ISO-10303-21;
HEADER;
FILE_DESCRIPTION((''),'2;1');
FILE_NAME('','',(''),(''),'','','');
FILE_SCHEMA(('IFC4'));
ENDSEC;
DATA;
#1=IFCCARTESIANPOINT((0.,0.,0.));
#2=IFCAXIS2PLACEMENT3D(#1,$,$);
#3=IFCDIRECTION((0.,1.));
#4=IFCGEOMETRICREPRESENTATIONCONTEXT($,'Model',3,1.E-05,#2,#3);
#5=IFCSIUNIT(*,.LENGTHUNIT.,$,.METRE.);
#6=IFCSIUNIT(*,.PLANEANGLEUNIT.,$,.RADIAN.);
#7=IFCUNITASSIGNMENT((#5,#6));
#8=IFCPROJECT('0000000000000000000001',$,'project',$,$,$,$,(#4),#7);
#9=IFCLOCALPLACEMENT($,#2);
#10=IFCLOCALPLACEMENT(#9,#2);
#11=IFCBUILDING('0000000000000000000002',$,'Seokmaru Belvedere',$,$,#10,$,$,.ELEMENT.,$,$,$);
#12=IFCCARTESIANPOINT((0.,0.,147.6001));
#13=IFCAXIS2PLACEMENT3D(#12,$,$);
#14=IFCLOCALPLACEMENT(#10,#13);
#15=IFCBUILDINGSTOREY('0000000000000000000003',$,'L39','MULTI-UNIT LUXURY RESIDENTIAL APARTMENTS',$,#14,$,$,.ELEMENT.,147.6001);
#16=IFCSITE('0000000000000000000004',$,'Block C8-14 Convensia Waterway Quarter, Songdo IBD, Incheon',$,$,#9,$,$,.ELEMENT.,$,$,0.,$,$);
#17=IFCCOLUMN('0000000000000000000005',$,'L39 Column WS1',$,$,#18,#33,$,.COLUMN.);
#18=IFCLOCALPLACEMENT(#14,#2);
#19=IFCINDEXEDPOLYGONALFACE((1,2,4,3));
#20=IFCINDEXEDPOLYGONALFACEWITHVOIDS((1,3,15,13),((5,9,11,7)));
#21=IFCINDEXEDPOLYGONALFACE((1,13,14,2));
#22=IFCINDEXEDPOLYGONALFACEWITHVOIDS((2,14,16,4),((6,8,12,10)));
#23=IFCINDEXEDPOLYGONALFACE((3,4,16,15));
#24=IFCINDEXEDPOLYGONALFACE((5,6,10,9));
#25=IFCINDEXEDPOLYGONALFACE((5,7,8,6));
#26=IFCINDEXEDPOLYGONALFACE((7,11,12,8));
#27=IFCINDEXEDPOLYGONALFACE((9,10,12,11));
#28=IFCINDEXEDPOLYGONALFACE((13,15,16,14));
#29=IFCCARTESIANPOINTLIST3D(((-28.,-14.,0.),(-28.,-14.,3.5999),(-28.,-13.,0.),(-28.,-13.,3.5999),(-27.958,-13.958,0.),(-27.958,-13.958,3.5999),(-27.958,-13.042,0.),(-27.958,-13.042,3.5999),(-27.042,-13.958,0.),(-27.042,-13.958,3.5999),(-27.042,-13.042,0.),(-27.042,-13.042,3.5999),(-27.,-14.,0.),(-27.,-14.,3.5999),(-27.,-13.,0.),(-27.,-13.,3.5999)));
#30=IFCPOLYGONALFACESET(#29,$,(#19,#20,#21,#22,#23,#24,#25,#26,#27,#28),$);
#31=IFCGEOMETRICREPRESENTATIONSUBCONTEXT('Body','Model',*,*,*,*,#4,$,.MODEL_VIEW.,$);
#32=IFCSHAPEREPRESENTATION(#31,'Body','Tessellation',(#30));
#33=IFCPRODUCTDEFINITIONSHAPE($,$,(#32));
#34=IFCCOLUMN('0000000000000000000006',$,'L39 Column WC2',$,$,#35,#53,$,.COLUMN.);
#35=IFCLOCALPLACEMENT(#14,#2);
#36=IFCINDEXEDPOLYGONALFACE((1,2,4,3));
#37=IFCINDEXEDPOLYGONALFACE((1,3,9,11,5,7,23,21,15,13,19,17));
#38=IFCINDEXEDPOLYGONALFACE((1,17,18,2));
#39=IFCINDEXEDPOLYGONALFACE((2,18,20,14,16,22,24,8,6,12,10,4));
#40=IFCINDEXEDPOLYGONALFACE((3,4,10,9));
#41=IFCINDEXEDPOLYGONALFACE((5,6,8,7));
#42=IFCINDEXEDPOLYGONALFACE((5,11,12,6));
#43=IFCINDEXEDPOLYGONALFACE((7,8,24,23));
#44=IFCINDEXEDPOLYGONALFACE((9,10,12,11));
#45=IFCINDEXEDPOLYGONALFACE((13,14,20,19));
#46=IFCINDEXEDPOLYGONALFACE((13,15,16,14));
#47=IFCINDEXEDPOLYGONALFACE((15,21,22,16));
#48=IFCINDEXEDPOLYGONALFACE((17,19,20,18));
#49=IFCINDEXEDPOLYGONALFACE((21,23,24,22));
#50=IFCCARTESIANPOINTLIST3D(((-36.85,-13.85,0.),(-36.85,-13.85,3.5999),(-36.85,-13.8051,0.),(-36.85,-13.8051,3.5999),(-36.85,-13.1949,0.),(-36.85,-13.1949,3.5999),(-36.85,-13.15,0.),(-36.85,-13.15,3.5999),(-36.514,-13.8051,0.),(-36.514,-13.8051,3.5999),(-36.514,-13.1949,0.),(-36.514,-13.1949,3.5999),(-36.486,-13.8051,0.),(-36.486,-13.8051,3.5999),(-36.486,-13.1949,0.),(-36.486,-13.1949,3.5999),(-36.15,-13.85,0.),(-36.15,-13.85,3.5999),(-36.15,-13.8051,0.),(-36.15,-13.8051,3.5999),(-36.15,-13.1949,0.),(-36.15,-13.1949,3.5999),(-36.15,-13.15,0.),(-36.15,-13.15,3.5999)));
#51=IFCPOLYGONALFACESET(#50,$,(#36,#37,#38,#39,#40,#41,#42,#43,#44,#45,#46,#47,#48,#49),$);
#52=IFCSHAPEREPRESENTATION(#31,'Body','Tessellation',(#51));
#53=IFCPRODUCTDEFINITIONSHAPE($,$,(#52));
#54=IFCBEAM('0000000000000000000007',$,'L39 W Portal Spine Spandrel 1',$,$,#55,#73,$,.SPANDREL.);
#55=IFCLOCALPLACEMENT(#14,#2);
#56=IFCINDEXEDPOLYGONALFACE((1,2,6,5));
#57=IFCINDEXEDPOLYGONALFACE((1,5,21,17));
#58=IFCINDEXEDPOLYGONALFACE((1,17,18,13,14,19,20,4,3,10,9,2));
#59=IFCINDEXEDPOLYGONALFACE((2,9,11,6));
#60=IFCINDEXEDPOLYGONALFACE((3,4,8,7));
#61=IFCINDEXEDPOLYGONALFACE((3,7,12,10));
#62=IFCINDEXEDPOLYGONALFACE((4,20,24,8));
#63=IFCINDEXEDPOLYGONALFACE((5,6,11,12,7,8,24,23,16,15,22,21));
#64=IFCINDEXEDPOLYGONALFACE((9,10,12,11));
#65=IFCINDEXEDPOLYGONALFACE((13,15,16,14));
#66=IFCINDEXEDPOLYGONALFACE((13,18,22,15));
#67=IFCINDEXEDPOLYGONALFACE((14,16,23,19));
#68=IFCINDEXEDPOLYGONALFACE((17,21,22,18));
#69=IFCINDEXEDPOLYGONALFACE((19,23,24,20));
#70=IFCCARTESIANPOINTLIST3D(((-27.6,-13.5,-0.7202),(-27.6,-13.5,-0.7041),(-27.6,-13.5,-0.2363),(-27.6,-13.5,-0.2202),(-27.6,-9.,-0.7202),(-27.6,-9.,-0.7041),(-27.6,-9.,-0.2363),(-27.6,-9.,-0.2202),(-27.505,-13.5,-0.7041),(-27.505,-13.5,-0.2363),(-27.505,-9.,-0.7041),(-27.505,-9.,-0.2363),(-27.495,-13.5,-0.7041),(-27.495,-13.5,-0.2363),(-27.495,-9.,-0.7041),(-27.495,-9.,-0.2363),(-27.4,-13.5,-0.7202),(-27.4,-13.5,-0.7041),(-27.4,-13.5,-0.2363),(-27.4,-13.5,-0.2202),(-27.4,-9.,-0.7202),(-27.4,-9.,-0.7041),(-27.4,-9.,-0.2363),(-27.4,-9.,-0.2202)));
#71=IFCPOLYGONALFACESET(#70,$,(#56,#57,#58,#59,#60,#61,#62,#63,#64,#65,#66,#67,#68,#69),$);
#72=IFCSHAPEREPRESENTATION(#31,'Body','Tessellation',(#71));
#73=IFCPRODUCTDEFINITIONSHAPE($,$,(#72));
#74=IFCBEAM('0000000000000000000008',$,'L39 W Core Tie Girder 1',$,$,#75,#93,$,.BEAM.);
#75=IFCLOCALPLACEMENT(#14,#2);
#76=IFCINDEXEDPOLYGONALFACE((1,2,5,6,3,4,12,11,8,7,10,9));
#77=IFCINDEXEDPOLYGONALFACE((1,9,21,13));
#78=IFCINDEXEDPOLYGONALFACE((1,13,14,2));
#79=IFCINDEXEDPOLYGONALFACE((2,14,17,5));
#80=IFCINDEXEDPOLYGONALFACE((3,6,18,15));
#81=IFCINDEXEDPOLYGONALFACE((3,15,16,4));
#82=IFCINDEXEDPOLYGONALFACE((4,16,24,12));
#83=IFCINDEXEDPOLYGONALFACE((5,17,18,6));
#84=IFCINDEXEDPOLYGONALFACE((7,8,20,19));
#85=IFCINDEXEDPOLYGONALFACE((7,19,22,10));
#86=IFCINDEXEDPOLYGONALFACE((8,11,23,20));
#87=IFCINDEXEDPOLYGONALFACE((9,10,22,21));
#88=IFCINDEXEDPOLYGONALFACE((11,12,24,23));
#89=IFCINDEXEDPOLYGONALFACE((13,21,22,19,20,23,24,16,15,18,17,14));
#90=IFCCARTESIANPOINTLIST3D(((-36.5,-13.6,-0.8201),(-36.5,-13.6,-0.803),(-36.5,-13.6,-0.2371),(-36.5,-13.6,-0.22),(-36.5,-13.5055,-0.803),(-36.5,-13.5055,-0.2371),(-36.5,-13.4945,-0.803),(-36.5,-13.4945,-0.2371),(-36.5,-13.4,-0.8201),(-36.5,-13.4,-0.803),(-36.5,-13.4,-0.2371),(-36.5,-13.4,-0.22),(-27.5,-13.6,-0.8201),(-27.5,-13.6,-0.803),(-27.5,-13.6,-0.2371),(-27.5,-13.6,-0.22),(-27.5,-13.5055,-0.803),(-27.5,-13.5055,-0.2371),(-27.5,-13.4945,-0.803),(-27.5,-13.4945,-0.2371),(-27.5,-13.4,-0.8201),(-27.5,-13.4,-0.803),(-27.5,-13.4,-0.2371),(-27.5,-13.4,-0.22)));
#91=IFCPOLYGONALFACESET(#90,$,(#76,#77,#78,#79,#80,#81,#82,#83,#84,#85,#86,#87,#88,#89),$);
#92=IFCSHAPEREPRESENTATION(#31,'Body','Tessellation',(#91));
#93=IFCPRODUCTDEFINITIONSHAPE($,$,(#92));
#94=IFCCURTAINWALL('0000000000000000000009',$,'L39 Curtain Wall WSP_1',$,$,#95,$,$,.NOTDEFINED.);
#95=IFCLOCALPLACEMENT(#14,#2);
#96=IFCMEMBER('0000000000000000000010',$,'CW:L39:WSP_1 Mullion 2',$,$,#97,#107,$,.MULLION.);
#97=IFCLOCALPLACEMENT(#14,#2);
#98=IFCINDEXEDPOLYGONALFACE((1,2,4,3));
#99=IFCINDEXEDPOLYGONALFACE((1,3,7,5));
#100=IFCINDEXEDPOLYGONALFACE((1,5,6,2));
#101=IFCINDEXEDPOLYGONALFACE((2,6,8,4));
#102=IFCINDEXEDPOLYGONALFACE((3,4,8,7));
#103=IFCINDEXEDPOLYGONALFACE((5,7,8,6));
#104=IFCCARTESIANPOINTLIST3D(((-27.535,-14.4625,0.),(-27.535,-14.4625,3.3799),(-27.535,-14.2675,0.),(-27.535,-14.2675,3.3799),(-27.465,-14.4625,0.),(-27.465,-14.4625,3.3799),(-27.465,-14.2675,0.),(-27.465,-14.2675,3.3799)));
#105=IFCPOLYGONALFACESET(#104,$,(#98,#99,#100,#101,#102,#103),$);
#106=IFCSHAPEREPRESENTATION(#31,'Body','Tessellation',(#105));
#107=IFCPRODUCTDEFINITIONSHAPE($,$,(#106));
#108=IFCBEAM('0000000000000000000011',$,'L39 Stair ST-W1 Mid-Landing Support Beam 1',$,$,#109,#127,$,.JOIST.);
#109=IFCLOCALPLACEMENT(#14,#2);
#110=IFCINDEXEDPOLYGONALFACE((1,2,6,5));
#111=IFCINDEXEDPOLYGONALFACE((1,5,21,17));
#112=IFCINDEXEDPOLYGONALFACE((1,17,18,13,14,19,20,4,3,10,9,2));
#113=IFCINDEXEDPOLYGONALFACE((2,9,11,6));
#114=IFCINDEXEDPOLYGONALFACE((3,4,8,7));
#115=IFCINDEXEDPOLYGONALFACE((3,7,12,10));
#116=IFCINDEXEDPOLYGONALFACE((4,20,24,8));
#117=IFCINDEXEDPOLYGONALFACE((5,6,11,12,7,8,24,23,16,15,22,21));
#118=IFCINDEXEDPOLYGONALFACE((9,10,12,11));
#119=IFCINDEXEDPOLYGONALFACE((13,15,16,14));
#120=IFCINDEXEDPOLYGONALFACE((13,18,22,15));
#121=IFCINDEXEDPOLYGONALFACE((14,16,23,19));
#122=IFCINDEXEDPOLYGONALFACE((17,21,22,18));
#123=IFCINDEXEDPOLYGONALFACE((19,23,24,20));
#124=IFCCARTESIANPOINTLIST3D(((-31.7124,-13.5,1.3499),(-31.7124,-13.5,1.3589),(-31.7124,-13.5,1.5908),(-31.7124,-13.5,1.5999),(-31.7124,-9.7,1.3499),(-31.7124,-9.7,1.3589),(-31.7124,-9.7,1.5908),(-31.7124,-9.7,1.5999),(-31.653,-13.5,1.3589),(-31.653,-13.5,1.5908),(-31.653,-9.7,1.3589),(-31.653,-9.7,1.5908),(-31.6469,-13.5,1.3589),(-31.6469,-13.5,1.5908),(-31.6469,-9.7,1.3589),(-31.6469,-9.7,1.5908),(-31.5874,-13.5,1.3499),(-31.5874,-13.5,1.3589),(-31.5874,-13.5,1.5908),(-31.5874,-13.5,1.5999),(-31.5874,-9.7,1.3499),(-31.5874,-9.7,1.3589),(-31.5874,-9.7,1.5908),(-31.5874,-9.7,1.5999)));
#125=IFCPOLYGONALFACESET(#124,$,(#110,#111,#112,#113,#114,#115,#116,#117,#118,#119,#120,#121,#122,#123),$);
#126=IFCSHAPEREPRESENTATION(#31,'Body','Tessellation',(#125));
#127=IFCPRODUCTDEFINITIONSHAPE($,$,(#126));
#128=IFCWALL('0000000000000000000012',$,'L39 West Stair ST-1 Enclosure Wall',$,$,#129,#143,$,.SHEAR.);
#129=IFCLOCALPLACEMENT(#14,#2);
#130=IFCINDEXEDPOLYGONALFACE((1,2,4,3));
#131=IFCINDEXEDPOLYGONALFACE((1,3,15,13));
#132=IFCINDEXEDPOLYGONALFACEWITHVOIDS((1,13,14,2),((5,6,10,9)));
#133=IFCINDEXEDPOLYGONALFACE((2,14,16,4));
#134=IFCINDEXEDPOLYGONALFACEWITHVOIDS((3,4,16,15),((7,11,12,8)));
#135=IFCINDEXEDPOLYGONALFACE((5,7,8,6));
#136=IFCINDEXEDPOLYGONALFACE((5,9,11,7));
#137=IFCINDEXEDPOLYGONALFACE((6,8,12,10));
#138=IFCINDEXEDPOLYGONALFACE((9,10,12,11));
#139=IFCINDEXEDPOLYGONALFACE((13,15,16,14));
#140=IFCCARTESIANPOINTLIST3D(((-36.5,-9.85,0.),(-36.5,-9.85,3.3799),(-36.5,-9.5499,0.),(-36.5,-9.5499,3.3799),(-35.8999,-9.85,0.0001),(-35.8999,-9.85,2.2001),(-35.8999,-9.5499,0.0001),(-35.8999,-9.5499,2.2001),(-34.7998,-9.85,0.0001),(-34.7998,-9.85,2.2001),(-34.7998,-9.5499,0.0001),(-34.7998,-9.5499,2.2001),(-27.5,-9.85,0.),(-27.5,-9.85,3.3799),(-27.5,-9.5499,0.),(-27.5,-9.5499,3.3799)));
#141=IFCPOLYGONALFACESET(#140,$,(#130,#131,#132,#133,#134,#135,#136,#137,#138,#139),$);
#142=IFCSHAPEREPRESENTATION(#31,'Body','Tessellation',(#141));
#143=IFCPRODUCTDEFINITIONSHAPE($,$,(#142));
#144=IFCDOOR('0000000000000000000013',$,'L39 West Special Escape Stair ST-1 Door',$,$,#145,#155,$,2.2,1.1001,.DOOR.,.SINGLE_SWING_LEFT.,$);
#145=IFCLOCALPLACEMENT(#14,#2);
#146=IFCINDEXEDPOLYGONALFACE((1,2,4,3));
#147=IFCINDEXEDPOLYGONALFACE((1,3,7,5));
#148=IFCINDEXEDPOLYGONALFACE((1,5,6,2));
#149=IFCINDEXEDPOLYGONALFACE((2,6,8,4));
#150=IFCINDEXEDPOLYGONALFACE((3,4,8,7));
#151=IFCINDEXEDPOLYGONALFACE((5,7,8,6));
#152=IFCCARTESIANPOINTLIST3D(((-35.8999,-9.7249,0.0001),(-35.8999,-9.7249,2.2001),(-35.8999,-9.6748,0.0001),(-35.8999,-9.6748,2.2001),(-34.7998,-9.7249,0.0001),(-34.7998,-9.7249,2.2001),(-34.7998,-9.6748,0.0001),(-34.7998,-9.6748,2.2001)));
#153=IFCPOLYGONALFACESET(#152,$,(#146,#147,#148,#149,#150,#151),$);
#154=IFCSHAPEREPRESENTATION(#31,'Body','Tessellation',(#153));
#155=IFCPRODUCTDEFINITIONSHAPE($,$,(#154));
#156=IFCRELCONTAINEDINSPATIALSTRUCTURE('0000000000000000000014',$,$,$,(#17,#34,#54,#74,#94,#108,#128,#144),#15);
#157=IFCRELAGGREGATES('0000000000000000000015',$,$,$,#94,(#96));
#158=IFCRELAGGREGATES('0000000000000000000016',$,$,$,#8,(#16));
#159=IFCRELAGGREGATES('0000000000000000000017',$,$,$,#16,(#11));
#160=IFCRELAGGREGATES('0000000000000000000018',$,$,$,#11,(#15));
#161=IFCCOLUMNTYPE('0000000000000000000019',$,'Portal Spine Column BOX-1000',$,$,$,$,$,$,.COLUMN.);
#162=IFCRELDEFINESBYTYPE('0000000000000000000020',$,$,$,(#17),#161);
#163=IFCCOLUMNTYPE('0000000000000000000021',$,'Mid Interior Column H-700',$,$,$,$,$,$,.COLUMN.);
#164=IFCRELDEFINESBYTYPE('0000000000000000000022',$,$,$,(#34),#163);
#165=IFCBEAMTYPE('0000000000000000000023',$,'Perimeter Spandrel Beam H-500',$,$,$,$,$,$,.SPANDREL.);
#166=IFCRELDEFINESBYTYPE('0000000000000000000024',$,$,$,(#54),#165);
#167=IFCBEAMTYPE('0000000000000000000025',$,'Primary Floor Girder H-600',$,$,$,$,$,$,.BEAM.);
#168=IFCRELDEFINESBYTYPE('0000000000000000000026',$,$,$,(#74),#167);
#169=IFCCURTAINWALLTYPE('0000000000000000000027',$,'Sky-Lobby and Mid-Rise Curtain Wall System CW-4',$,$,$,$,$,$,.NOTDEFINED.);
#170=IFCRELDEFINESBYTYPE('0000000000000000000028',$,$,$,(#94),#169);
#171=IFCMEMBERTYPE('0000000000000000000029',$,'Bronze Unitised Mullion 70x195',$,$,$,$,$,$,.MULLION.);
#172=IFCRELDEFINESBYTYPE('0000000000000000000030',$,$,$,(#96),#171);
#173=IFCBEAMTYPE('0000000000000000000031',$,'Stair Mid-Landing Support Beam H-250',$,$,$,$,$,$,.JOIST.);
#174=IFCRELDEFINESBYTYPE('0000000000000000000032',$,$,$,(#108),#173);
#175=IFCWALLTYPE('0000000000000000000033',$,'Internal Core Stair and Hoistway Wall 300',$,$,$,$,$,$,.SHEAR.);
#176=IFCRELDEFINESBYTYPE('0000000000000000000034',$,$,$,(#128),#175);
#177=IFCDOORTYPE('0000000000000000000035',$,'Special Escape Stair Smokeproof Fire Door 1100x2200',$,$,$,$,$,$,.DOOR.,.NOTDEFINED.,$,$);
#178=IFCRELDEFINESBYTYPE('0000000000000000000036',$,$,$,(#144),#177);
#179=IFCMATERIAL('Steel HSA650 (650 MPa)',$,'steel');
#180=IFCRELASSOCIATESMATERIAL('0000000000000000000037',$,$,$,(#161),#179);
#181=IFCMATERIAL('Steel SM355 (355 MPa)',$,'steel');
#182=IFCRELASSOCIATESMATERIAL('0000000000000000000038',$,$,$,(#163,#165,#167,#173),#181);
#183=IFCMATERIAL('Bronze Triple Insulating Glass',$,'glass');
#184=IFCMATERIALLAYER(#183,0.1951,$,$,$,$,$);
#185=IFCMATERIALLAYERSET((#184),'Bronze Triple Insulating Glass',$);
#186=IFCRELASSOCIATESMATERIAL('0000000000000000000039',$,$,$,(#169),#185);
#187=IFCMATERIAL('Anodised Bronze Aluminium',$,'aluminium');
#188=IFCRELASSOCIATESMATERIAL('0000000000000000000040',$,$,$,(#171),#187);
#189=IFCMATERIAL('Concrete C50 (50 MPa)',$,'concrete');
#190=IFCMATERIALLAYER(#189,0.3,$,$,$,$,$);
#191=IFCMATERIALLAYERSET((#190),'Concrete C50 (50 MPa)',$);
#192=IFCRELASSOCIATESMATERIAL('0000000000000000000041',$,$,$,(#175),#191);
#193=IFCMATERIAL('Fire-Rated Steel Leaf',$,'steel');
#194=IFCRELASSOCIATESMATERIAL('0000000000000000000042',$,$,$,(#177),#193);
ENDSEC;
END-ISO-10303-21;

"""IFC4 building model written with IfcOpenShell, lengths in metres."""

from ifc_helpers import new_model, si_unit, direction, frame, frame_2d, origin, origin_2d, place, context, subcontext, project, spatial, rectangle, hollow_rectangle, i_section, extrude, source, transform, mapped, material, layer, layer_set, material_profile, profile_set, type_object, type_shapes, element, fill, aggregate, save


model = new_model("IFC4")

# Units and contexts
model_context = context("Model", 3, precision=1e-05, world=origin(), true_north=direction((0.0, 1.0)))
body_context = subcontext(model_context, "Body", "Model", "MODEL_VIEW")
ifc_project = project(units=[si_unit("LENGTHUNIT", "METRE"), si_unit("PLANEANGLEUNIT", "RADIAN")], contexts=[model_context])

# Site, building, storey
site_placement = place(None, origin())
site = spatial("IfcSite", under=ifc_project, at=site_placement, Name="Block C8-14 Convensia Waterway Quarter, Songdo IBD, Incheon", CompositionType="ELEMENT", RefElevation=0.0)
building_placement = place(site_placement, origin())
building = spatial("IfcBuilding", under=site, at=building_placement, Name="Seokmaru Belvedere", CompositionType="ELEMENT")
storey_placement = place(building_placement, frame((0.0, 0.0, 147.6001)))
storey = spatial("IfcBuildingStorey", under=building, at=storey_placement, Name="L39", Description="MULTI-UNIT LUXURY RESIDENTIAL APARTMENTS", CompositionType="ELEMENT", Elevation=147.6001)

# Columns
ifc_material_1 = material(Name="Steel HSA650 (650 MPa)", Category="steel")
ifc_material_profile_1 = material_profile(ifc_material_1, hollow_rectangle(XDim=1.0, YDim=1.0, WallThickness=0.042, at=origin_2d()), Name="BOX-1000x1000x42")
ifc_profile_set_1 = profile_set([ifc_material_profile_1], Name="Steel HSA650 (650 MPa)")
column_type_1 = type_object("IfcColumnType", Name="Portal Spine Column BOX-1000", PredefinedType="COLUMN", material=ifc_profile_set_1)
shared_shape_1 = source(origin(), body_context, "Body", "SweptSolid", [
    extrude(hollow_rectangle(XDim=1.0, YDim=1.0, WallThickness=0.042, at=origin_2d()), origin(), (0.0, 0.0, 1.0), 3.5999),
])
type_shapes(column_type_1, [shared_shape_1])
column_1_placement = place(storey_placement, frame((-27.5, -13.5, 0.0), z_axis=(0.0, 0.0, 1.0), x_axis=(1.0, 0.0, 0.0)))
element("IfcColumn", 1, at=column_1_placement, inside=storey, type_object=column_type_1, Name="L39 Column WS1", PredefinedType="COLUMN", context=body_context, shape_type="MappedRepresentation", body=[
    mapped(shared_shape_1, transform((0.0, 0.0, 0.0), scale=1.0)),
])
ifc_material_2 = material(Name="Steel SM355 (355 MPa)", Category="steel")
ifc_material_profile_2 = material_profile(ifc_material_2, i_section(OverallWidth=0.7, OverallDepth=0.7, WebThickness=0.0281, FlangeThickness=0.0449, at=origin_2d()), Name="H-700x700x28x45")
ifc_profile_set_2 = profile_set([ifc_material_profile_2], Name="Steel SM355 (355 MPa)")
column_type_2 = type_object("IfcColumnType", Name="Mid Interior Column H-700", PredefinedType="COLUMN", material=ifc_profile_set_2)
shared_shape_2 = source(origin(), body_context, "Body", "SweptSolid", [
    extrude(i_section(OverallWidth=0.7, OverallDepth=0.7, WebThickness=0.0281, FlangeThickness=0.0449, at=origin_2d()), origin(), (0.0, 0.0, 1.0), 3.5999),
])
type_shapes(column_type_2, [shared_shape_2])
column_2_placement = place(storey_placement, frame((-36.5, -13.5, 0.0), z_axis=(0.0, 0.0, 1.0), x_axis=(1.0, 0.0, 0.0)))
element("IfcColumn", 2, at=column_2_placement, inside=storey, type_object=column_type_2, Name="L39 Column WC2", PredefinedType="COLUMN", context=body_context, shape_type="MappedRepresentation", body=[
    mapped(shared_shape_2, transform((0.0, 0.0, 0.0), scale=1.0)),
])

# Beams
ifc_material_profile_3 = material_profile(ifc_material_2, i_section(OverallWidth=0.2, OverallDepth=0.5, WebThickness=0.01, FlangeThickness=0.0161, at=origin_2d()), Name="H-500x200x10x16")
ifc_profile_set_3 = profile_set([ifc_material_profile_3], Name="Steel SM355 (355 MPa)")
beam_type_1 = type_object("IfcBeamType", Name="Perimeter Spandrel Beam H-500", PredefinedType="SPANDREL", material=ifc_profile_set_3)
shared_shape_3 = source(origin(), body_context, "Body", "SweptSolid", [
    extrude(i_section(OverallWidth=0.2, OverallDepth=0.5, WebThickness=0.01, FlangeThickness=0.0161, at=origin_2d()), origin(), (0.0, 0.0, 1.0), 4.5),
])
type_shapes(beam_type_1, [shared_shape_3])
beam_1_placement = place(storey_placement, frame((-27.5, -13.5, -0.4702), z_axis=(0.0, 1.0, 0.0), x_axis=(-1.0, 0.0, 0.0)))
element("IfcBeam", 3, at=beam_1_placement, inside=storey, type_object=beam_type_1, Name="L39 W Portal Spine Spandrel 1", PredefinedType="SPANDREL", context=body_context, shape_type="MappedRepresentation", body=[
    mapped(shared_shape_3, transform((0.0, 0.0, 0.0), scale=1.0)),
])
ifc_material_profile_4 = material_profile(ifc_material_2, i_section(OverallWidth=0.2, OverallDepth=0.6001, WebThickness=0.011, FlangeThickness=0.0171, at=origin_2d()), Name="H-600x200x11x17")
ifc_profile_set_4 = profile_set([ifc_material_profile_4], Name="Steel SM355 (355 MPa)")
beam_type_2 = type_object("IfcBeamType", Name="Primary Floor Girder H-600", PredefinedType="BEAM", material=ifc_profile_set_4)
shared_shape_4 = source(origin(), body_context, "Body", "SweptSolid", [
    extrude(i_section(OverallWidth=0.2, OverallDepth=0.6001, WebThickness=0.011, FlangeThickness=0.0171, at=origin_2d()), origin(), (0.0, 0.0, 1.0), 9.0),
])
type_shapes(beam_type_2, [shared_shape_4])
beam_2_placement = place(storey_placement, frame((-36.5, -13.5, -0.52), z_axis=(1.0, 0.0, 0.0), x_axis=(0.0, 1.0, 0.0)))
element("IfcBeam", 4, at=beam_2_placement, inside=storey, type_object=beam_type_2, Name="L39 W Core Tie Girder 1", PredefinedType="BEAM", context=body_context, shape_type="MappedRepresentation", body=[
    mapped(shared_shape_4, transform((0.0, 0.0, 0.0), scale=1.0)),
])

# Curtain wall, member
ifc_material_3 = material(Name="Bronze Triple Insulating Glass", Category="glass")
ifc_layer_1 = layer(ifc_material_3, 0.1951)
ifc_layer_set_1 = layer_set([ifc_layer_1], Name="Bronze Triple Insulating Glass")
curtain_wall_type = type_object("IfcCurtainWallType", Name="Sky-Lobby and Mid-Rise Curtain Wall System CW-4", PredefinedType="NOTDEFINED", material=ifc_layer_set_1)
curtain_wall_placement = place(storey_placement, origin())
curtain_wall = element("IfcCurtainWall", 5, at=curtain_wall_placement, inside=storey, type_object=curtain_wall_type, Name="L39 Curtain Wall WSP_1", PredefinedType="NOTDEFINED")
ifc_material_4 = material(Name="Anodised Bronze Aluminium", Category="aluminium")
ifc_material_profile_5 = material_profile(ifc_material_4, rectangle(XDim=0.0701, YDim=0.1951, at=origin_2d()), Name="CW-M-70x195")
ifc_profile_set_5 = profile_set([ifc_material_profile_5], Name="Anodised Bronze Aluminium")
member_type = type_object("IfcMemberType", Name="Bronze Unitised Mullion 70x195", PredefinedType="MULLION", material=ifc_profile_set_5)
shared_shape_5 = source(origin(), body_context, "Body", "SweptSolid", [
    extrude(rectangle(XDim=0.0701, YDim=0.1951, at=origin_2d()), origin(), (0.0, 0.0, 1.0), 3.3799),
])
type_shapes(member_type, [shared_shape_5])
member_placement = place(storey_placement, frame((-27.5, -14.365, 0.0), z_axis=(0.0, 0.0, 1.0), x_axis=(-1.0, 0.0, 0.0)))
member = element("IfcMember", 6, at=member_placement, type_object=member_type, Name="CW:L39:WSP_1 Mullion 2", PredefinedType="MULLION", context=body_context, shape_type="MappedRepresentation", body=[
    mapped(shared_shape_5, transform((0.0, 0.0, 0.0), scale=1.0)),
])
aggregate(curtain_wall, [member])

# Beam
ifc_material_profile_6 = material_profile(ifc_material_2, i_section(OverallWidth=0.125, OverallDepth=0.25, WebThickness=0.0061, FlangeThickness=0.009, at=origin_2d()), Name="H-250x125x6x9")
ifc_profile_set_6 = profile_set([ifc_material_profile_6], Name="Steel SM355 (355 MPa)")
beam_type_3 = type_object("IfcBeamType", Name="Stair Mid-Landing Support Beam H-250", PredefinedType="JOIST", material=ifc_profile_set_6)
shared_shape_6 = source(origin(), body_context, "Body", "SweptSolid", [
    extrude(i_section(OverallWidth=0.125, OverallDepth=0.25, WebThickness=0.0061, FlangeThickness=0.009, at=origin_2d()), origin(), (0.0, 0.0, 1.0), 3.8),
])
type_shapes(beam_type_3, [shared_shape_6])
beam_3_placement = place(storey_placement, frame((-31.6499, -13.5, 1.4749), z_axis=(0.0, 1.0, 0.0), x_axis=(-1.0, 0.0, 0.0)))
element("IfcBeam", 7, at=beam_3_placement, inside=storey, type_object=beam_type_3, Name="L39 Stair ST-W1 Mid-Landing Support Beam 1", PredefinedType="JOIST", context=body_context, shape_type="MappedRepresentation", body=[
    mapped(shared_shape_6, transform((0.0, 0.0, 0.0), scale=1.0)),
])

# Wall, opening, door
ifc_material_5 = material(Name="Concrete C50 (50 MPa)", Category="concrete")
ifc_layer_2 = layer(ifc_material_5, 0.3)
ifc_layer_set_2 = layer_set([ifc_layer_2], Name="Concrete C50 (50 MPa)")
wall_type_1 = type_object("IfcWallType", Name="Internal Core Stair and Hoistway Wall 300", PredefinedType="SHEAR", material=ifc_layer_set_2)
wall_1_placement = place(storey_placement, frame((-36.5, -9.7, 0.0), z_axis=(0.0, 0.0, 1.0), x_axis=(1.0, 0.0, 0.0)))
wall_1 = element("IfcWall", 8, at=wall_1_placement, inside=storey, type_object=wall_type_1, Name="L39 West Stair ST-1 Enclosure Wall", PredefinedType="SHEAR", context=body_context, shape_type="SweptSolid", body=[
    extrude(rectangle(XDim=9.0, YDim=0.3, at=frame_2d((4.5, 0.0))), origin(), (0.0, 0.0, 1.0), 3.3799),
])
opening_1_placement = place(wall_1_placement, frame((0.6001, 0.0, 0.0)))
opening_1 = element("IfcOpeningElement", 9, at=opening_1_placement, cuts=wall_1, PredefinedType="OPENING", context=body_context, shape_type="SweptSolid", body=[
    extrude(rectangle(XDim=1.1001, YDim=2.2, at=frame_2d((0.55, 1.1001))), frame((0.0, 0.1602, 0.0), z_axis=(0.0, -1.0, 0.0), x_axis=(1.0, 0.0, 0.0)), (0.0, 0.0, 1.0), 0.3201),
])
ifc_material_6 = material(Name="Fire-Rated Steel Leaf", Category="steel")
door_type_1 = type_object("IfcDoorType", Name="Special Escape Stair Smokeproof Fire Door 1100x2200", OperationType="NOTDEFINED", PredefinedType="DOOR", material=ifc_material_6)
shared_shape_7 = source(origin(), body_context, "Body", "SweptSolid", [
    extrude(rectangle(XDim=1.1001, YDim=2.2, at=frame_2d((0.55, 1.1001))), frame((0.0, 0.0249, 0.0), z_axis=(0.0, -1.0, 0.0), x_axis=(1.0, 0.0, 0.0)), (0.0, 0.0, 1.0), 0.05),
])
type_shapes(door_type_1, [shared_shape_7])
door_1_placement = place(opening_1_placement, frame((1.1001, 0.0, 0.0), z_axis=(0.0, 0.0, 1.0), x_axis=(-1.0, 0.0, 0.0)))
door_1 = element("IfcDoor", 10, at=door_1_placement, inside=storey, type_object=door_type_1, Name="L39 West Special Escape Stair ST-1 Door", OperationType="SINGLE_SWING_LEFT", OverallHeight=2.2, OverallWidth=1.1001, PredefinedType="DOOR", context=body_context, shape_type="MappedRepresentation", body=[
    mapped(shared_shape_7, transform((0.0, 0.0, 0.0), scale=1.0)),
])
fill(opening_1, door_1)

save(model, "model.ifc")
